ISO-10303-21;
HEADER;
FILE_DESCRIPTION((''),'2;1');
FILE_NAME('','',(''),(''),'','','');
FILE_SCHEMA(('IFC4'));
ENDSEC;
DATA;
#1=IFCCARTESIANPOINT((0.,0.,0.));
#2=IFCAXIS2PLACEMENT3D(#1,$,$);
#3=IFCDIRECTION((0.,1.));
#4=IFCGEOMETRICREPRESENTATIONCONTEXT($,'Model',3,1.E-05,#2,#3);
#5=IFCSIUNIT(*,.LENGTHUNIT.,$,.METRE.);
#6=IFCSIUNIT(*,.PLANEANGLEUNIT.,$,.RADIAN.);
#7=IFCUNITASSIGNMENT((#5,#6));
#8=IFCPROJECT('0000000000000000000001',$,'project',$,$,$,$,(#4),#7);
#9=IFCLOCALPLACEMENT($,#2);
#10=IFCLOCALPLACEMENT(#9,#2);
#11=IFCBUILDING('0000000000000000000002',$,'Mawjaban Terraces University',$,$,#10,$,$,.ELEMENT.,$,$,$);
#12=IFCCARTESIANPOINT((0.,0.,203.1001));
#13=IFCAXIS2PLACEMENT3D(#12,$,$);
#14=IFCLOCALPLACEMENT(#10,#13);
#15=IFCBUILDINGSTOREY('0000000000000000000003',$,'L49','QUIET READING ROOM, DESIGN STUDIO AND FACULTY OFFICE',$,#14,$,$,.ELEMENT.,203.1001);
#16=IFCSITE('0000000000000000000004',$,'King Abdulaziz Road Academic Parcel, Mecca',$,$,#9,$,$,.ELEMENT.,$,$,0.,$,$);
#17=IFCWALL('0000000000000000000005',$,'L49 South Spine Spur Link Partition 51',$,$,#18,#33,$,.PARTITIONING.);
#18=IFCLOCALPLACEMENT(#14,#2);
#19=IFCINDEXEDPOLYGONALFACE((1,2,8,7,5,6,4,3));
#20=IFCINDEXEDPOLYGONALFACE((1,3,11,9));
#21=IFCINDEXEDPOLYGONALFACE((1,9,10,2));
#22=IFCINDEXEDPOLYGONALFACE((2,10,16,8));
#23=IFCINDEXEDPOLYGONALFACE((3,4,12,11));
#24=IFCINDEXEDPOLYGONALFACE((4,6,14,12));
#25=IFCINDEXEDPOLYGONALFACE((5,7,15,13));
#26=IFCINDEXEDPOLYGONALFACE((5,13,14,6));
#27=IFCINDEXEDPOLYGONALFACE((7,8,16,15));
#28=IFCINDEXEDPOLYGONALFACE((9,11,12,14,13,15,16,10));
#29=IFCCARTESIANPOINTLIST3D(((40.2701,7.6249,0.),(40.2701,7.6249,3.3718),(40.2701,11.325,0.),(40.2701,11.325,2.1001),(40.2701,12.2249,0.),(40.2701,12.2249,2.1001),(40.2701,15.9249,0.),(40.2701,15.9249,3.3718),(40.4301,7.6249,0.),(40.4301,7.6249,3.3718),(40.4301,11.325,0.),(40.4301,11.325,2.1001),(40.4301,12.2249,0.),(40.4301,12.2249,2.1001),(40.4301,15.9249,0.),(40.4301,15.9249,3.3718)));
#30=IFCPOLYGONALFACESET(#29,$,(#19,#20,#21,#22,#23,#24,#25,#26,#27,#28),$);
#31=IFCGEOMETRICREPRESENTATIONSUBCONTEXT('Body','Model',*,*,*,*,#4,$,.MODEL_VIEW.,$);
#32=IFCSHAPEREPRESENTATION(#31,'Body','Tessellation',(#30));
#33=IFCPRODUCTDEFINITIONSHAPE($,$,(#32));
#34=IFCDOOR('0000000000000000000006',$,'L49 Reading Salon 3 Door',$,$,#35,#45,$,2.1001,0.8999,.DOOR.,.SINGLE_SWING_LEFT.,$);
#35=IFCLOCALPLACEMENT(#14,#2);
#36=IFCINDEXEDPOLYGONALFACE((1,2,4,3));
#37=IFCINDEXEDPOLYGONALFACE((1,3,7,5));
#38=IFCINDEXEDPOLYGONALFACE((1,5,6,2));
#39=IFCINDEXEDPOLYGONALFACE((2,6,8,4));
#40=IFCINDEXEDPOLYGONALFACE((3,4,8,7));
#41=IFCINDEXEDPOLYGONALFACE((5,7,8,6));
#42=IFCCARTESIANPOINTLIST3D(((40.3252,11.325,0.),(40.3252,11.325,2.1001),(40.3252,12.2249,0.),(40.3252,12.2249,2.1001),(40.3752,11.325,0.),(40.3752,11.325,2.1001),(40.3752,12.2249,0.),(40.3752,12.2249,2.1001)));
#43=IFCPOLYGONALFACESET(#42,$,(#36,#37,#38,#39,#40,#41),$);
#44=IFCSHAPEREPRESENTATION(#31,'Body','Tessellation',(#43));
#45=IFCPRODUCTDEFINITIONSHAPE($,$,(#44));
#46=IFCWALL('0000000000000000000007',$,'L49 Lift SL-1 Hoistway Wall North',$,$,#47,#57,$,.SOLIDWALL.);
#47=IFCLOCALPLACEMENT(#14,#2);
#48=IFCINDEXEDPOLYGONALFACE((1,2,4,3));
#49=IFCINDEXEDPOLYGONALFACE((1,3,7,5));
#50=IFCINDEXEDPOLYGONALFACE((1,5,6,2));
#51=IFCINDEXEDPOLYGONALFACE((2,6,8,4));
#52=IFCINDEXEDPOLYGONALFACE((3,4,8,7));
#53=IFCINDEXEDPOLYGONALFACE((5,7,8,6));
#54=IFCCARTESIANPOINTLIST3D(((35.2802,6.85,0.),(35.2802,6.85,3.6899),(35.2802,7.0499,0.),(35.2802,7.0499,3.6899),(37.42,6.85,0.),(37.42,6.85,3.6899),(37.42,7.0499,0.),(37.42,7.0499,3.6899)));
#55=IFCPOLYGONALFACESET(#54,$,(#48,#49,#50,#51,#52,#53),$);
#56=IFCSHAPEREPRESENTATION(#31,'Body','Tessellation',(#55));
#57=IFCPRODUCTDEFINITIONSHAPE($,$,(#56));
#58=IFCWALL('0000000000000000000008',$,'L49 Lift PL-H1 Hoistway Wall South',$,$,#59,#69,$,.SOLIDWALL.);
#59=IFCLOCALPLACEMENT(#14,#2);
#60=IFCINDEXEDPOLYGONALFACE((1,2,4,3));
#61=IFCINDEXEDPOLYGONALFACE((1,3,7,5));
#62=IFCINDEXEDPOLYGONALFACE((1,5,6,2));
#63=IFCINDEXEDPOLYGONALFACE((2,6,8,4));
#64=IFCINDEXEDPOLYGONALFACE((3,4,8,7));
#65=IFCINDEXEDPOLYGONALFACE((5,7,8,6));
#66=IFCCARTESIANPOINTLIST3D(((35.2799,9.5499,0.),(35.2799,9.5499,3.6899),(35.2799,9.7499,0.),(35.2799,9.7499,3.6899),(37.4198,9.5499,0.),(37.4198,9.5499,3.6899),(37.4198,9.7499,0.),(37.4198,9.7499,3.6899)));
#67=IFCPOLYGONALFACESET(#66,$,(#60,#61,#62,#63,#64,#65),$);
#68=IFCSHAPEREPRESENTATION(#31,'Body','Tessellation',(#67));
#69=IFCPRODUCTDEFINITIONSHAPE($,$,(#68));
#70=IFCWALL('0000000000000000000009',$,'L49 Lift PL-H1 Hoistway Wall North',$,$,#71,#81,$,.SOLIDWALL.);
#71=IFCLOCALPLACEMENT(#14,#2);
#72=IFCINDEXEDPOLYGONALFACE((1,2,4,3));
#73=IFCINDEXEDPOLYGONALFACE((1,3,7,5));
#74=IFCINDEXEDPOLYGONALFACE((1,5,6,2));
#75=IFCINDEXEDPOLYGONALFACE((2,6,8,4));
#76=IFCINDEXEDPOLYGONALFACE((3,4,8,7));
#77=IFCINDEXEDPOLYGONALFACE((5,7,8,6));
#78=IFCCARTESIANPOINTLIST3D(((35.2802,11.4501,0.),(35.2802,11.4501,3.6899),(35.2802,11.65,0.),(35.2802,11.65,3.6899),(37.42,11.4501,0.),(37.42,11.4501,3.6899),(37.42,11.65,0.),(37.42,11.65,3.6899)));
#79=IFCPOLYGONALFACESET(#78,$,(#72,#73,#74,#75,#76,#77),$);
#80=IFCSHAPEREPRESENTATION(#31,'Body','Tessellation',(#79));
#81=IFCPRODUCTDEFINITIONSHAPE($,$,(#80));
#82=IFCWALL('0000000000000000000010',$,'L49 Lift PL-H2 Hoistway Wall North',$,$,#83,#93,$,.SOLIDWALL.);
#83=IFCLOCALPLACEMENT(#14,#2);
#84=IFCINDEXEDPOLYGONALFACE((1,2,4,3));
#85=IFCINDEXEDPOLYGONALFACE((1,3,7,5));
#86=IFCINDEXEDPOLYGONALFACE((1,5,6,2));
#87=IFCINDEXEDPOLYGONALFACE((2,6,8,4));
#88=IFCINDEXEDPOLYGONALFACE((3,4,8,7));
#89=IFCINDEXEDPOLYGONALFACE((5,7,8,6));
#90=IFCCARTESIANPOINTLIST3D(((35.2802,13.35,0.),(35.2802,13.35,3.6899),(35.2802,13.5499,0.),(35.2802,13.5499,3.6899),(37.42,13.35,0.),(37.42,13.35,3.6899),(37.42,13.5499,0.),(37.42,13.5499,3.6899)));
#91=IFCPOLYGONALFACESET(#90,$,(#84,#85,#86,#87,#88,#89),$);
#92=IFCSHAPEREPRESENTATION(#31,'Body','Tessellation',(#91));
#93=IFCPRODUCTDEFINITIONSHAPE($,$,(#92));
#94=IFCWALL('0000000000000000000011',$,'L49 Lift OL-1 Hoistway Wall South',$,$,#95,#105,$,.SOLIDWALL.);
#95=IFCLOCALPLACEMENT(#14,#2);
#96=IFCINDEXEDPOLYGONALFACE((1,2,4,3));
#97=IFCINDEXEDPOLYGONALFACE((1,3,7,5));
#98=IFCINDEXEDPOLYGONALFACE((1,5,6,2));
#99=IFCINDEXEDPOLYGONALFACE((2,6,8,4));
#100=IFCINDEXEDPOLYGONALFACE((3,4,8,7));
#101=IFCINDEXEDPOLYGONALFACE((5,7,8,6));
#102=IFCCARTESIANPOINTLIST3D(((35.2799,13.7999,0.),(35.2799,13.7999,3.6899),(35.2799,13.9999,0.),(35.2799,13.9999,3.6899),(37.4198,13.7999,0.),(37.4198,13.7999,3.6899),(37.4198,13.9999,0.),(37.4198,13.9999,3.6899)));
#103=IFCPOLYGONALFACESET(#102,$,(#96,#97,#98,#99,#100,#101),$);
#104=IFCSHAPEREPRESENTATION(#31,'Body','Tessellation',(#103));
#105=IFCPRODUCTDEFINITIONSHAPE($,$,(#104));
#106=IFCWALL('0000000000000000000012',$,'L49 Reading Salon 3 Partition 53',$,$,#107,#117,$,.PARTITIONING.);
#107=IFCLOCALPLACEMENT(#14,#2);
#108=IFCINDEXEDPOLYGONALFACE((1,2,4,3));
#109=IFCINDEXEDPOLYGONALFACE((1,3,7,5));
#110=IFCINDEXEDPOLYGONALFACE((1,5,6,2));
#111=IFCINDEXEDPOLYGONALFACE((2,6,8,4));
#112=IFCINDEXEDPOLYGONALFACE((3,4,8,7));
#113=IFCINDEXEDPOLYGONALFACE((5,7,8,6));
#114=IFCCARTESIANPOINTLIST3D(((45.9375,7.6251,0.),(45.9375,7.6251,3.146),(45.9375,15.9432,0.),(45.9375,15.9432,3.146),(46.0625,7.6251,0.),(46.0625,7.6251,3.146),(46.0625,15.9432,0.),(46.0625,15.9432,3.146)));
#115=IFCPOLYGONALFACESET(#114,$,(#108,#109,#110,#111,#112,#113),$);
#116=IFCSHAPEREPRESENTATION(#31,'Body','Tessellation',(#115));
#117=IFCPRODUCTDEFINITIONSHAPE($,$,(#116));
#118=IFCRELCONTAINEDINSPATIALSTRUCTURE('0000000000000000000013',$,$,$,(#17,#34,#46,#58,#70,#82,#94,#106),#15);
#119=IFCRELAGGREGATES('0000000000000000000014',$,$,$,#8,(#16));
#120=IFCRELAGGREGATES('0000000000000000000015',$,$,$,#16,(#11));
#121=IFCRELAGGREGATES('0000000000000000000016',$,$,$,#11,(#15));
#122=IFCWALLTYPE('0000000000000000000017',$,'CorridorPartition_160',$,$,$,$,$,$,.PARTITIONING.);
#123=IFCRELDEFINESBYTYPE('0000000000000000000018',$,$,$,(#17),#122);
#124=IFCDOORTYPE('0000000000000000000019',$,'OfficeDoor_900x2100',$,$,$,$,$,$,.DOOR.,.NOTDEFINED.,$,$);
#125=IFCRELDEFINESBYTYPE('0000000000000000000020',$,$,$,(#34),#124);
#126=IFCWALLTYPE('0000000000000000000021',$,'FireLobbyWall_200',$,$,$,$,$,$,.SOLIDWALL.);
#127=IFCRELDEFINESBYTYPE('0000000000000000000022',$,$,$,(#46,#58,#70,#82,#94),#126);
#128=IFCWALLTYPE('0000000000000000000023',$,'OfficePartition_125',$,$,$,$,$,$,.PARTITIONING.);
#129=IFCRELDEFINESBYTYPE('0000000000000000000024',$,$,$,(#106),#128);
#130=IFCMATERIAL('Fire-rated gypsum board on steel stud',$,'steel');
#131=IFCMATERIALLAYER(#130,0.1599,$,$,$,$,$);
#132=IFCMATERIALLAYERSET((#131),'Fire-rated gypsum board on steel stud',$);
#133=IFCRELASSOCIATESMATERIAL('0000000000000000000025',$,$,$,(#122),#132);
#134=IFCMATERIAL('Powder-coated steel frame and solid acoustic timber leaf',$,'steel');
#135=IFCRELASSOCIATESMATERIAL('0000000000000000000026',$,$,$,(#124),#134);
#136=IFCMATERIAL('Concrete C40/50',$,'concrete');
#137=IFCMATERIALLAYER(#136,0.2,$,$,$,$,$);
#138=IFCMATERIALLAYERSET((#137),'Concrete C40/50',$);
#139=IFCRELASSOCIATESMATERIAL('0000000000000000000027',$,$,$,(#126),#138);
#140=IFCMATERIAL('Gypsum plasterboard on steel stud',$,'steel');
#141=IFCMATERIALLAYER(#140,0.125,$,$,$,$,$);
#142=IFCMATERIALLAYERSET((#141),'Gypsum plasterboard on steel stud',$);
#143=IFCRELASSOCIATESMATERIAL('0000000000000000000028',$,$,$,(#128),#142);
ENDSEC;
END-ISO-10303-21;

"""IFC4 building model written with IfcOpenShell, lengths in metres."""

from ifc_helpers import new_model, si_unit, direction, frame, frame_2d, origin, place, context, subcontext, project, spatial, rectangle, extrude, material, layer, layer_set, type_object, element, fill, save


model = new_model("IFC4")

# Units and contexts
model_context = context("Model", 3, precision=1e-05, world=origin(), true_north=direction((0.0, 1.0)))
body_context = subcontext(model_context, "Body", "Model", "MODEL_VIEW")
ifc_project = project(units=[si_unit("LENGTHUNIT", "METRE"), si_unit("PLANEANGLEUNIT", "RADIAN")], contexts=[model_context])

# Site, building, storey
site_placement = place(None, origin())
site = spatial("IfcSite", under=ifc_project, at=site_placement, Name="King Abdulaziz Road Academic Parcel, Mecca", CompositionType="ELEMENT", RefElevation=0.0)
building_placement = place(site_placement, origin())
building = spatial("IfcBuilding", under=site, at=building_placement, Name="Mawjaban Terraces University", CompositionType="ELEMENT")
storey_placement = place(building_placement, frame((0.0, 0.0, 203.1001)))
storey = spatial("IfcBuildingStorey", under=building, at=storey_placement, Name="L49", Description="QUIET READING ROOM, DESIGN STUDIO AND FACULTY OFFICE", CompositionType="ELEMENT", Elevation=203.1001)

# Shared definitions
ifc_material_1 = material(Name="Fire-rated gypsum board on steel stud", Category="steel")
ifc_layer_1 = layer(ifc_material_1, 0.1599)
ifc_layer_set_1 = layer_set([ifc_layer_1], Name="Fire-rated gypsum board on steel stud")
wall_type_1 = type_object("IfcWallType", Name="CorridorPartition_160", PredefinedType="PARTITIONING", material=ifc_layer_set_1)

# Wall, opening, door
wall_1_placement = place(storey_placement, frame((40.3501, 7.625, 0.0), z_axis=(0.0, 0.0, 1.0), x_axis=(0.0, 1.0, 0.0)))
wall_1 = element("IfcWall", 1, at=wall_1_placement, inside=storey, type_object=wall_type_1, Name="L49 South Spine Spur Link Partition 51", PredefinedType="PARTITIONING", context=body_context, shape_type="SweptSolid", body=[
    extrude(rectangle(XDim=8.3, YDim=0.1599, at=frame_2d((4.1499, 0.0))), origin(), (0.0, 0.0, 1.0), 3.3718),
])
opening_placement = place(wall_1_placement, frame((3.7, 0.0, 0.0)))
opening = element("IfcOpeningElement", 2, at=opening_placement, cuts=wall_1, PredefinedType="OPENING", context=body_context, shape_type="SweptSolid", body=[
    extrude(rectangle(XDim=0.8999, YDim=2.1001, at=frame_2d((0.45, 1.05))), frame((0.0, 0.0898, 0.0), z_axis=(0.0, -1.0, 0.0), x_axis=(1.0, 0.0, 0.0)), (0.0, 0.0, 1.0), 0.1799),
])
ifc_material_2 = material(Name="Powder-coated steel frame and solid acoustic timber leaf", Category="steel")
door_type = type_object("IfcDoorType", Name="OfficeDoor_900x2100", OperationType="NOTDEFINED", PredefinedType="DOOR", material=ifc_material_2)
door_placement = place(opening_placement, origin())
door = element("IfcDoor", 3, at=door_placement, inside=storey, type_object=door_type, Name="L49 Reading Salon 3 Door", OperationType="SINGLE_SWING_LEFT", OverallHeight=2.1001, OverallWidth=0.8999, PredefinedType="DOOR", context=body_context, shape_type="SweptSolid", body=[
    extrude(rectangle(XDim=0.8999, YDim=2.1001, at=frame_2d((0.45, 1.05))), frame((0.0, 0.0249, 0.0), z_axis=(0.0, -1.0, 0.0), x_axis=(1.0, 0.0, 0.0)), (0.0, 0.0, 1.0), 0.05),
])
fill(opening, door)

# Walls
ifc_material_3 = material(Name="Concrete C40/50", Category="concrete")
ifc_layer_2 = layer(ifc_material_3, 0.2)
ifc_layer_set_2 = layer_set([ifc_layer_2], Name="Concrete C40/50")
wall_type_2 = type_object("IfcWallType", Name="FireLobbyWall_200", PredefinedType="SOLIDWALL", material=ifc_layer_set_2)
for number, where, z_axis, x_axis, name in (
    (4, (37.4199, 6.95, 0.0), (0.0, 0.0, 1.0), (-1.0, 0.0, 0.0), "L49 Lift SL-1 Hoistway Wall North"),
    (5, (35.28, 9.6499, 0.0), (0.0, 0.0, 1.0), (1.0, 0.0, 0.0), "L49 Lift PL-H1 Hoistway Wall South"),
    (6, (37.4199, 11.55, 0.0), (0.0, 0.0, 1.0), (-1.0, 0.0, 0.0), "L49 Lift PL-H1 Hoistway Wall North"),
    (7, (37.4199, 13.45, 0.0), (0.0, 0.0, 1.0), (-1.0, 0.0, 0.0), "L49 Lift PL-H2 Hoistway Wall North"),
    (8, (35.28, 13.8999, 0.0), (0.0, 0.0, 1.0), (1.0, 0.0, 0.0), "L49 Lift OL-1 Hoistway Wall South"),
):
    element("IfcWall", number, at=place(storey_placement, frame(where, z_axis=z_axis, x_axis=x_axis)), inside=storey, type_object=wall_type_2, Name=name, PredefinedType="SOLIDWALL", context=body_context, shape_type="SweptSolid", body=[
        extrude(rectangle(XDim=2.1399, YDim=0.2, at=frame_2d((1.0698, 0.0))), origin(), (0.0, 0.0, 1.0), 3.6899),
    ])
ifc_material_4 = material(Name="Gypsum plasterboard on steel stud", Category="steel")
ifc_layer_3 = layer(ifc_material_4, 0.125)
ifc_layer_set_3 = layer_set([ifc_layer_3], Name="Gypsum plasterboard on steel stud")
wall_type_3 = type_object("IfcWallType", Name="OfficePartition_125", PredefinedType="PARTITIONING", material=ifc_layer_set_3)
wall_2_placement = place(storey_placement, frame((46.0, 7.625, 0.0), z_axis=(0.0, 0.0, 1.0), x_axis=(0.0, 1.0, 0.0)))
element("IfcWall", 9, at=wall_2_placement, inside=storey, type_object=wall_type_3, Name="L49 Reading Salon 3 Partition 53", PredefinedType="PARTITIONING", context=body_context, shape_type="SweptSolid", body=[
    extrude(rectangle(XDim=8.3181, YDim=0.125, at=frame_2d((4.1592, 0.0))), origin(), (0.0, 0.0, 1.0), 3.146),
])

save(model, "model.ifc")
